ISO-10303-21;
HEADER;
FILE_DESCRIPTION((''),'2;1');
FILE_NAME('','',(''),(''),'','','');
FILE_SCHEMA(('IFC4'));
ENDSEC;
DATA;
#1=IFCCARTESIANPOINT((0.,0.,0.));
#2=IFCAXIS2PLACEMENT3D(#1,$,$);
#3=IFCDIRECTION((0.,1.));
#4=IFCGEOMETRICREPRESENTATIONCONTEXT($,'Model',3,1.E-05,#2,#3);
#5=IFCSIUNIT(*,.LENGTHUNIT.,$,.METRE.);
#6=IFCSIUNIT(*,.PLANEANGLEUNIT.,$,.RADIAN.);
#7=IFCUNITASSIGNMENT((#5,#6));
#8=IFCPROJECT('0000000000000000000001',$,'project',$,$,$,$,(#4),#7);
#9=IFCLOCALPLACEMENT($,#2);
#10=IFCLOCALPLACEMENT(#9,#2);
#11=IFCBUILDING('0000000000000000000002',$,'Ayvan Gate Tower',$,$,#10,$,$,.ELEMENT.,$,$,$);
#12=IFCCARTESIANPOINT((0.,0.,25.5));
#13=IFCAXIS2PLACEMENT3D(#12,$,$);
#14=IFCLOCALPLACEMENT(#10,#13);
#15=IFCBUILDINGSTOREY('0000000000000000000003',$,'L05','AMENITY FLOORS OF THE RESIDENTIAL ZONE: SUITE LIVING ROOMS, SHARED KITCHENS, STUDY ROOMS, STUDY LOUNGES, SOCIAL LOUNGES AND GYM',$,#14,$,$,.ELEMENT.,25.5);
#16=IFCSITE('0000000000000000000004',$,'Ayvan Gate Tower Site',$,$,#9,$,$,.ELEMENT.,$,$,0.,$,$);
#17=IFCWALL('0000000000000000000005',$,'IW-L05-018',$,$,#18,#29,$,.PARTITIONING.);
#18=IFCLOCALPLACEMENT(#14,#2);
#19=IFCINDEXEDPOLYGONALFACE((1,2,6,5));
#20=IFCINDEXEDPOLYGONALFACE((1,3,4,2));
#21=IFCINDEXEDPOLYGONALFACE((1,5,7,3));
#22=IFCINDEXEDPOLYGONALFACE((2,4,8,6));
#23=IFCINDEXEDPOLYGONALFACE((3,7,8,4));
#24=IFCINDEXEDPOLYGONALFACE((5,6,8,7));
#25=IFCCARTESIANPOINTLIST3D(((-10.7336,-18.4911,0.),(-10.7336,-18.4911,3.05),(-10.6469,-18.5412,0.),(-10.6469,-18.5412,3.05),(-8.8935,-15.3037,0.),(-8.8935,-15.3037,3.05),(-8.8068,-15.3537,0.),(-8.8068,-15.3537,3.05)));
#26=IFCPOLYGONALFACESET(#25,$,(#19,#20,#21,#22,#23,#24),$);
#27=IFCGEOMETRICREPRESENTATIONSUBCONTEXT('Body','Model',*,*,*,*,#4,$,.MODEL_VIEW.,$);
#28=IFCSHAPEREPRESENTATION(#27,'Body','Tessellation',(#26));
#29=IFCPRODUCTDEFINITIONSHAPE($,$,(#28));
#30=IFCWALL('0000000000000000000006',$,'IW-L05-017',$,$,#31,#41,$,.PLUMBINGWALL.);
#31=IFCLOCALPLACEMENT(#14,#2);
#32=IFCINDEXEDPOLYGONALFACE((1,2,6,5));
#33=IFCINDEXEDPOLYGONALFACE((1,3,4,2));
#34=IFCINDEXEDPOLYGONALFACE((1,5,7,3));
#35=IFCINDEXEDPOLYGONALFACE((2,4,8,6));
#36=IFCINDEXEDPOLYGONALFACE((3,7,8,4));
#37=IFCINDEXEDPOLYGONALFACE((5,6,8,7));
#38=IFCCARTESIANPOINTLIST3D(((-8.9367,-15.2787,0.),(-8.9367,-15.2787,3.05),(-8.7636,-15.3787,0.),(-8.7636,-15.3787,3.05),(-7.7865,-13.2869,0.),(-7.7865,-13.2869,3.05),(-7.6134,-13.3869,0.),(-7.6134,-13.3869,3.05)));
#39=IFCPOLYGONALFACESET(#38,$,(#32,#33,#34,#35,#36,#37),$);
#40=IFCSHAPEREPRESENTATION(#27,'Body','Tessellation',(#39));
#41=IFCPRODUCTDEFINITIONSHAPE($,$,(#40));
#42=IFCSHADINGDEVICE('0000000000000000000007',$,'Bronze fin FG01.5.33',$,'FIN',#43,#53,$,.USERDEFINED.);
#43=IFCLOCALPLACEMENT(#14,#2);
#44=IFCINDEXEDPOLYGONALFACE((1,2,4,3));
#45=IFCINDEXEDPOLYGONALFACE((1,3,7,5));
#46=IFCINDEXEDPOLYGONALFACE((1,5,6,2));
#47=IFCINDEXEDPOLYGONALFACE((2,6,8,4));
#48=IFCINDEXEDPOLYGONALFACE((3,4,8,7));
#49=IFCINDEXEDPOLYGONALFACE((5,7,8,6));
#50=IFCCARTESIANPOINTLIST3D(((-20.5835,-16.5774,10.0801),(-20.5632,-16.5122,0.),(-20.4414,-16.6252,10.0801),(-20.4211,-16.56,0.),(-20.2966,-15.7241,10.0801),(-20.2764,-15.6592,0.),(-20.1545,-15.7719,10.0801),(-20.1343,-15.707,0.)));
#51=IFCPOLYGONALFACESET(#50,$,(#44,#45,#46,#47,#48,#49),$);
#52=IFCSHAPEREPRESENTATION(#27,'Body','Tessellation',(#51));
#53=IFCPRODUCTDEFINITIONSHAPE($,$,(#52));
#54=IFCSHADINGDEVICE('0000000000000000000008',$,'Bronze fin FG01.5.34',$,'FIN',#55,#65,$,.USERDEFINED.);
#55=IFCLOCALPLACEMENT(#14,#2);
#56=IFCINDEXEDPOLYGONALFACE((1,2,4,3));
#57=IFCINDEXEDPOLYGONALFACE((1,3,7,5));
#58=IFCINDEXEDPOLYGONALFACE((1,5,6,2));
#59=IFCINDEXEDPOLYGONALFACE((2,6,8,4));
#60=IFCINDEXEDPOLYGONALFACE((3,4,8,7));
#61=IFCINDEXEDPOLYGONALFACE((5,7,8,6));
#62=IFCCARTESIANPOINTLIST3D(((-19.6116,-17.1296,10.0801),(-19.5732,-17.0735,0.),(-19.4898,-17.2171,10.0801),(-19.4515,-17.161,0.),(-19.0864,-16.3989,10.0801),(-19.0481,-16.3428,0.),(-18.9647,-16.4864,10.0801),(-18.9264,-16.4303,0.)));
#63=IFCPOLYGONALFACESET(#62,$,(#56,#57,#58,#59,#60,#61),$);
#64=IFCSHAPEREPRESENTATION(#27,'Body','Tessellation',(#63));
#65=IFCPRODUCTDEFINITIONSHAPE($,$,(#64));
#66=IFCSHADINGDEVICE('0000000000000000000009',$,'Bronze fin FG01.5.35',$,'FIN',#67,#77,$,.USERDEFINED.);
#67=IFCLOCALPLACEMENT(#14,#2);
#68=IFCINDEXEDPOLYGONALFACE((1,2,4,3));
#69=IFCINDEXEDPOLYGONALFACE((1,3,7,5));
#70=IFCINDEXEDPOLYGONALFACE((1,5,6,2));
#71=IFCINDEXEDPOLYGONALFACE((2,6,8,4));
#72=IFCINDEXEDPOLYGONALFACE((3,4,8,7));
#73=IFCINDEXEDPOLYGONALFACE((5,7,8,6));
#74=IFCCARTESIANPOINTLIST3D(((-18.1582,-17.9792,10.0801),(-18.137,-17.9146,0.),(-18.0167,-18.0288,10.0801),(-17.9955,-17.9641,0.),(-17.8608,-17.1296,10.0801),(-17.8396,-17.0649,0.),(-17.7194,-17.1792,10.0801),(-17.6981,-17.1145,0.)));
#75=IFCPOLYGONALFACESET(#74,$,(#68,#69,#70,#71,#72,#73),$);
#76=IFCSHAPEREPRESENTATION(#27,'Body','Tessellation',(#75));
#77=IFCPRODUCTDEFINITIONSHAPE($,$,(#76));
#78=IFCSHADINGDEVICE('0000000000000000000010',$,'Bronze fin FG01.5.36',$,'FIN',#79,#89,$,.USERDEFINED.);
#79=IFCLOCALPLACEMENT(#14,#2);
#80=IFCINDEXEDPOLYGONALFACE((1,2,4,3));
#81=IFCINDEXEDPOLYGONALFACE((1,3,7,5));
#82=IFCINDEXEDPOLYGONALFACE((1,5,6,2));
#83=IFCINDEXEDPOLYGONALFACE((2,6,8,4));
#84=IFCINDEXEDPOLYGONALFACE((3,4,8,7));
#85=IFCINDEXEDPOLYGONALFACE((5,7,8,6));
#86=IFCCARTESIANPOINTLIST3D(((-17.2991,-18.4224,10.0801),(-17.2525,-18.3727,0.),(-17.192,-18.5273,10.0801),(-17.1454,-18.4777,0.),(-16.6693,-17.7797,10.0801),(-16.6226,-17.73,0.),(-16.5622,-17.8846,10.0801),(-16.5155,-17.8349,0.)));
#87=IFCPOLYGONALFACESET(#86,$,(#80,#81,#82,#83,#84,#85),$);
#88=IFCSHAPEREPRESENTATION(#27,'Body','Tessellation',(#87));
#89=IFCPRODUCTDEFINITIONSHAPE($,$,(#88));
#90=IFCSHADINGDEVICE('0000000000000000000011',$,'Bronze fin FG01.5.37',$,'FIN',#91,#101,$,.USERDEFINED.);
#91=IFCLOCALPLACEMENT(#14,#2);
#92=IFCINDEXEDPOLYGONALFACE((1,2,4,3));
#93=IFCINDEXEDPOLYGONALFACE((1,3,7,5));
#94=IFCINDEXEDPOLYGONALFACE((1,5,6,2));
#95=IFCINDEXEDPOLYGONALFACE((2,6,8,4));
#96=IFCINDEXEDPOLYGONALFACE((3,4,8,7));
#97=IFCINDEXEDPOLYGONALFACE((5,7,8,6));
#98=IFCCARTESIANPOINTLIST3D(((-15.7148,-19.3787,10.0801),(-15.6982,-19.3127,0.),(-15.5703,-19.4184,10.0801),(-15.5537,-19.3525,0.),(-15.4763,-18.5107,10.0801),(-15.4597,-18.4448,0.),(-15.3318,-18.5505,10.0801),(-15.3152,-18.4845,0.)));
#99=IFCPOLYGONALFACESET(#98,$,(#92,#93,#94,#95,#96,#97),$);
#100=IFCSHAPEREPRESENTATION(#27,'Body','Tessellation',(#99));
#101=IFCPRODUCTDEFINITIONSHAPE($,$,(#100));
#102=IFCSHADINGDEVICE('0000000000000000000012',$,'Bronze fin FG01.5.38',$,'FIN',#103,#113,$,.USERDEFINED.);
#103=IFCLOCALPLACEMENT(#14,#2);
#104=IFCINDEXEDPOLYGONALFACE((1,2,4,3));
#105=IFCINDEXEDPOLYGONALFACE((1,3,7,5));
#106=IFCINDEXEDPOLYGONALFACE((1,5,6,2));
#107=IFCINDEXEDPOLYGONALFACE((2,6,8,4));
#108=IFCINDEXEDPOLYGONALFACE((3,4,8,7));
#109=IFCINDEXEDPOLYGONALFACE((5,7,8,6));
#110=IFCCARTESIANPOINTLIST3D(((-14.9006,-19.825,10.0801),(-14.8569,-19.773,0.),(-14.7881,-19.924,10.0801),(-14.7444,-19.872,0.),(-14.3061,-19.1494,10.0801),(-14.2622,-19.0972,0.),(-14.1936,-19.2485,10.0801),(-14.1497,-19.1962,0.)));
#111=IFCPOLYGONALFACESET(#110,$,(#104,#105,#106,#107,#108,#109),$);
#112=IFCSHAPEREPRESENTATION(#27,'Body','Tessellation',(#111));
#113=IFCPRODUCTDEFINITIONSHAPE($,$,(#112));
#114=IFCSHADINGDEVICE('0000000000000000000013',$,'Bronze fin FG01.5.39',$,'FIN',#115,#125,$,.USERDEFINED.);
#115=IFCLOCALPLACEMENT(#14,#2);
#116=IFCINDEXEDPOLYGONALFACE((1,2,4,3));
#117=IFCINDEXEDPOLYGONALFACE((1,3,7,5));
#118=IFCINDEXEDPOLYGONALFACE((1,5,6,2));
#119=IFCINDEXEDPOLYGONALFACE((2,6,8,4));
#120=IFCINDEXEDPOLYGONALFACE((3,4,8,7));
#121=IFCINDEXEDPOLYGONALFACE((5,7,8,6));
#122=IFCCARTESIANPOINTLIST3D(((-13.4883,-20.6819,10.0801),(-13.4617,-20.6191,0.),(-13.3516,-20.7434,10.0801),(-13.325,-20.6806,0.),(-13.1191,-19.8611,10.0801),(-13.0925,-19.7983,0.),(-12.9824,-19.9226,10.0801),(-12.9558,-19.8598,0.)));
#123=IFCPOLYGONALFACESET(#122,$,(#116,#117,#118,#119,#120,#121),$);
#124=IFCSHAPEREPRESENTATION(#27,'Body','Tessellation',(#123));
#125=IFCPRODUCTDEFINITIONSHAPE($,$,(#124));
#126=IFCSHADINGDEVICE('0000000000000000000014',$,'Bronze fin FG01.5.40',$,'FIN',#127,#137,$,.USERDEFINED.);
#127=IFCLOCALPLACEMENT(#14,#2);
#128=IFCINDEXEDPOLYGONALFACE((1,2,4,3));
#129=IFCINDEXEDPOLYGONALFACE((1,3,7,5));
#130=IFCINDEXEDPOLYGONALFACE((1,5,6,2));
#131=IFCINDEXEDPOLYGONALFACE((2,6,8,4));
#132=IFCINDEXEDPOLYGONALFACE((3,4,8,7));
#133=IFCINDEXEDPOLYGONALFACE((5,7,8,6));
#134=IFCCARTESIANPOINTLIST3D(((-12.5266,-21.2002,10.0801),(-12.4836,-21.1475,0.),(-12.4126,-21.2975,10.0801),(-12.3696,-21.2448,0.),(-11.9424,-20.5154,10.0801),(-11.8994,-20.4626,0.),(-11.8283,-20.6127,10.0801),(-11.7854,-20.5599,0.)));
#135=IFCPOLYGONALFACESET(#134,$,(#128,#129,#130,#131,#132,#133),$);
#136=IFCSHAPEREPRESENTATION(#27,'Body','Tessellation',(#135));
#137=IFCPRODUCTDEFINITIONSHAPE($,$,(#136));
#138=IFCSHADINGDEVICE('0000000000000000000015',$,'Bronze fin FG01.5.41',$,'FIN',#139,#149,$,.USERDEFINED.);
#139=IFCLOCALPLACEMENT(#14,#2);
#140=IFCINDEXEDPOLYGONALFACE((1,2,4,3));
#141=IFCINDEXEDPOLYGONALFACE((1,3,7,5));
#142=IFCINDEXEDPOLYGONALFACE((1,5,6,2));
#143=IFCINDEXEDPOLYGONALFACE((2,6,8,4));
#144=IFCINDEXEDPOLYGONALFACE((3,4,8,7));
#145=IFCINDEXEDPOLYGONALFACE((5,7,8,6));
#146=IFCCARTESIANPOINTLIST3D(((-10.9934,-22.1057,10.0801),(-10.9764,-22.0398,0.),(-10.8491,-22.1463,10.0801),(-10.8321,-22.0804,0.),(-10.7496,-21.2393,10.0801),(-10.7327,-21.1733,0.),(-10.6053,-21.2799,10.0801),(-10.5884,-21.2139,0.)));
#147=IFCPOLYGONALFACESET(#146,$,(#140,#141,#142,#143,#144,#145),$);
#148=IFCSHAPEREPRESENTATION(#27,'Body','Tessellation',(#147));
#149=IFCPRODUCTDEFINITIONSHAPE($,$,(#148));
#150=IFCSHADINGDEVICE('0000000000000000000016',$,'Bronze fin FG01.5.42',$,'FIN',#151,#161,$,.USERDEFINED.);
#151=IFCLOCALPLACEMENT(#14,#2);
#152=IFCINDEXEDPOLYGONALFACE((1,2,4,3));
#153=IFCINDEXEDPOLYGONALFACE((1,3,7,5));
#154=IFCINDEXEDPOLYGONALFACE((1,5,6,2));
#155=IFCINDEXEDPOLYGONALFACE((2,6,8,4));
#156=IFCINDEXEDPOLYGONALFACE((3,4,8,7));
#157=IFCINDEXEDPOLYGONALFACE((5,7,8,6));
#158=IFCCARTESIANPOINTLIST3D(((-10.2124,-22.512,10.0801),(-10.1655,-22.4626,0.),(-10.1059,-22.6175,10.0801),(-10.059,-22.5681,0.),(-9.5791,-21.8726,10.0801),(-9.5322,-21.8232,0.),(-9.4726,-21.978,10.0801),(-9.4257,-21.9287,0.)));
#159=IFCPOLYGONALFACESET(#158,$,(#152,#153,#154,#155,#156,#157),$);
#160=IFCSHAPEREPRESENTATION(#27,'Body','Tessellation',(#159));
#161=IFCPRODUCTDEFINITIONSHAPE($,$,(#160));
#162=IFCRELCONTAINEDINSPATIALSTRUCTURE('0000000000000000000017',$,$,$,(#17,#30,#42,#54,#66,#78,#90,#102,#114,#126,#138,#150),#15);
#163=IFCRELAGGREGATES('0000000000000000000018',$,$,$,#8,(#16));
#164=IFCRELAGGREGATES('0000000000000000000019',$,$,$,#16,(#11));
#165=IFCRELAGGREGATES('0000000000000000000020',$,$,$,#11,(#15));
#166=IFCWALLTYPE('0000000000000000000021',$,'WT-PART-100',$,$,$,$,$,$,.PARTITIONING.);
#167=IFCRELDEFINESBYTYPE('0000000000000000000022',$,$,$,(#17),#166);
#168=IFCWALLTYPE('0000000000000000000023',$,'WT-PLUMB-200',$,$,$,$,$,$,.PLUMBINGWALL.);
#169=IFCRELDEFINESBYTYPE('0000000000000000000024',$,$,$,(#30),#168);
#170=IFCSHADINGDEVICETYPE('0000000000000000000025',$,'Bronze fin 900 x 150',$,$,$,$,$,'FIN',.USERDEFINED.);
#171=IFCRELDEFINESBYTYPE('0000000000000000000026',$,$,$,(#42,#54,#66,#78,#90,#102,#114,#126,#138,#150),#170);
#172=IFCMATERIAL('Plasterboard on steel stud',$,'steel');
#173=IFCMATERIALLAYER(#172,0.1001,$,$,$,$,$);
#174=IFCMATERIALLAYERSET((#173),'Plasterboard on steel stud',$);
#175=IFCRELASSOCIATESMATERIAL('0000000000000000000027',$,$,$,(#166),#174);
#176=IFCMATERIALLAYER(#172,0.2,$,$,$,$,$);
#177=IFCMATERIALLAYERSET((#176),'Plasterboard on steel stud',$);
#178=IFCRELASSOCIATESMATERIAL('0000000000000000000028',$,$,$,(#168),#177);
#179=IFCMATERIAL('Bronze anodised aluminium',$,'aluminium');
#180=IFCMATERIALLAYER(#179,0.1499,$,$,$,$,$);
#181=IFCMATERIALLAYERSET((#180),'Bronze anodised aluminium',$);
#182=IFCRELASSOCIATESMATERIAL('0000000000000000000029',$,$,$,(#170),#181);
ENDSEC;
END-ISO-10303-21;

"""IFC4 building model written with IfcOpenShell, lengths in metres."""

from ifc_helpers import new_model, si_unit, direction, frame, frame_2d, origin, place, context, subcontext, project, spatial, polyline, rectangle, outline, extrude, material, layer, layer_set, type_object, element, save


model = new_model("IFC4")

# Units and contexts
model_context = context("Model", 3, precision=1e-05, world=origin(), true_north=direction((0.0, 1.0)))
body_context = subcontext(model_context, "Body", "Model", "MODEL_VIEW")
ifc_project = project(units=[si_unit("LENGTHUNIT", "METRE"), si_unit("PLANEANGLEUNIT", "RADIAN")], contexts=[model_context])

# Site, building, storey
site_placement = place(None, origin())
site = spatial("IfcSite", under=ifc_project, at=site_placement, Name="Ayvan Gate Tower Site", CompositionType="ELEMENT", RefElevation=0.0)
building_placement = place(site_placement, origin())
building = spatial("IfcBuilding", under=site, at=building_placement, Name="Ayvan Gate Tower", CompositionType="ELEMENT")
storey_placement = place(building_placement, frame((0.0, 0.0, 25.5)))
storey = spatial("IfcBuildingStorey", under=building, at=storey_placement, Name="L05", Description="AMENITY FLOORS OF THE RESIDENTIAL ZONE: SUITE LIVING ROOMS, SHARED KITCHENS, STUDY ROOMS, STUDY LOUNGES, SOCIAL LOUNGES AND GYM", CompositionType="ELEMENT", Elevation=25.5)

# Shared definitions
ifc_material_1 = material(Name="Bronze anodised aluminium", Category="aluminium")

# Walls
ifc_material_2 = material(Name="Plasterboard on steel stud", Category="steel")
ifc_layer_1 = layer(ifc_material_2, 0.1001)
ifc_layer_set_1 = layer_set([ifc_layer_1], Name="Plasterboard on steel stud")
wall_type_1 = type_object("IfcWallType", Name="WT-PART-100", PredefinedType="PARTITIONING", material=ifc_layer_set_1)
wall_1_placement = place(storey_placement, frame((-8.8501, -15.3286, 0.0), z_axis=(0.0, 0.0, 1.0), x_axis=(-0.499956, -0.866051, 0.0)))
element("IfcWall", 1, at=wall_1_placement, inside=storey, type_object=wall_type_1, Name="IW-L05-018", PredefinedType="PARTITIONING", context=body_context, shape_type="SweptSolid", body=[
    extrude(rectangle(XDim=3.6804, YDim=0.1001, at=frame_2d((1.8403, 0.0))), origin(), (0.0, 0.0, 1.0), 3.05),
])
ifc_layer_2 = layer(ifc_material_2, 0.2)
ifc_layer_set_2 = layer_set([ifc_layer_2], Name="Plasterboard on steel stud")
wall_type_2 = type_object("IfcWallType", Name="WT-PLUMB-200", PredefinedType="PLUMBINGWALL", material=ifc_layer_set_2)
wall_2_placement = place(storey_placement, frame((-8.8501, -15.3286, 0.0), z_axis=(0.0, 0.0, 1.0), x_axis=(0.500078, 0.865981, 0.0)))
element("IfcWall", 2, at=wall_2_placement, inside=storey, type_object=wall_type_2, Name="IW-L05-017", PredefinedType="PLUMBINGWALL", context=body_context, shape_type="SweptSolid", body=[
    extrude(rectangle(XDim=2.3, YDim=0.2, at=frame_2d((1.1499, 0.0))), origin(), (0.0, 0.0, 1.0), 3.05),
])

# Shading devices
ifc_layer_3 = layer(ifc_material_1, 0.1499)
ifc_layer_set_3 = layer_set([ifc_layer_3], Name="Bronze anodised aluminium")
shading_device_type = type_object("IfcShadingDeviceType", Name="Bronze fin 900 x 150", ElementType="FIN", PredefinedType="USERDEFINED", material=ifc_layer_set_3)
shading_device_1_placement = place(storey_placement, frame((-20.2764, -15.6592, 0.0), z_axis=(-0.947853, 0.318709, 0.000152), x_axis=(-0.318709, -0.947853, 0.0)))
element("IfcShadingDevice", 3, at=shading_device_1_placement, inside=storey, type_object=shading_device_type, Name="Bronze fin FG01.5.33", ObjectType="FIN", PredefinedType="USERDEFINED", context=body_context, shape_type="SweptSolid", body=[
    extrude(outline(polyline([(0.0, 0.0), (0.9, 0.0), (0.9682, 10.0801), (0.068, 10.0801), (0.0, 0.0)])), origin(), (0.0, 0.0, -1.0), 0.1499),
])
shading_device_2_placement = place(storey_placement, frame((-19.0481, -16.3428, 0.0), z_axis=(-0.812043, 0.583597, 0.000163), x_axis=(-0.583597, -0.812043, 0.0)))
element("IfcShadingDevice", 4, at=shading_device_2_placement, inside=storey, type_object=shading_device_type, Name="Bronze fin FG01.5.34", ObjectType="FIN", PredefinedType="USERDEFINED", context=body_context, shape_type="SweptSolid", body=[
    extrude(outline(polyline([(0.0, 0.0), (0.8998, 0.0), (0.9678, 10.0801), (0.068, 10.0801), (0.0, 0.0)])), origin(), (0.0, 0.0, -1.0), 0.1499),
])
shading_device_3_placement = place(storey_placement, frame((-17.8396, -17.0649, 0.0), z_axis=(-0.943858, 0.33035, 0.000131), x_axis=(-0.33035, -0.943858, 0.0)))
element("IfcShadingDevice", 5, at=shading_device_3_placement, inside=storey, type_object=shading_device_type, Name="Bronze fin FG01.5.35", ObjectType="FIN", PredefinedType="USERDEFINED", context=body_context, shape_type="SweptSolid", body=[
    extrude(outline(polyline([(0.0, 0.0), (0.9001, 0.0), (0.9682, 10.0801), (0.0681, 10.0801), (0.0, 0.0)])), origin(), (0.0, 0.0, -1.0), 0.1499),
])
shading_device_4_placement = place(storey_placement, frame((-16.6226, -17.73, 0.0), z_axis=(-0.714192, 0.699949, 0.000146), x_axis=(-0.699949, -0.714192, 0.0)))
element("IfcShadingDevice", 6, at=shading_device_4_placement, inside=storey, type_object=shading_device_type, Name="Bronze fin FG01.5.36", ObjectType="FIN", PredefinedType="USERDEFINED", context=body_context, shape_type="SweptSolid", body=[
    extrude(outline(polyline([(0.0, 0.0), (0.9, 0.0), (0.968, 10.0801), (0.0682, 10.0801), (0.0, 0.0)])), origin(), (0.0, 0.0, -1.0), 0.1499),
])
shading_device_5_placement = place(storey_placement, frame((-15.4597, -18.4448, 0.0), z_axis=(-0.964249, 0.264999, 0.000145), x_axis=(-0.264999, -0.964249, 0.0)))
element("IfcShadingDevice", 7, at=shading_device_5_placement, inside=storey, type_object=shading_device_type, Name="Bronze fin FG01.5.37", ObjectType="FIN", PredefinedType="USERDEFINED", context=body_context, shape_type="SweptSolid", body=[
    extrude(outline(polyline([(0.0, 0.0), (0.9001, 0.0), (0.9681, 10.0801), (0.068, 10.0801), (0.0, 0.0)])), origin(), (0.0, 0.0, -1.0), 0.1499),
])
shading_device_6_placement = place(storey_placement, frame((-14.2622, -19.0972, 0.0), z_axis=(-0.7507, 0.660643, 0.000153), x_axis=(-0.660643, -0.7507, 0.0)))
element("IfcShadingDevice", 8, at=shading_device_6_placement, inside=storey, type_object=shading_device_type, Name="Bronze fin FG01.5.38", ObjectType="FIN", PredefinedType="USERDEFINED", context=body_context, shape_type="SweptSolid", body=[
    extrude(outline(polyline([(0.0, 0.0), (0.9002, 0.0), (0.9681, 10.0801), (0.0683, 10.0801), (0.0, 0.0)])), origin(), (0.0, 0.0, -1.0), 0.1499),
])
shading_device_7_placement = place(storey_placement, frame((-13.0925, -19.7983, 0.0), z_axis=(-0.912013, 0.410162, 0.000145), x_axis=(-0.410162, -0.912013, 0.0)))
element("IfcShadingDevice", 9, at=shading_device_7_placement, inside=storey, type_object=shading_device_type, Name="Bronze fin FG01.5.39", ObjectType="FIN", PredefinedType="USERDEFINED", context=body_context, shape_type="SweptSolid", body=[
    extrude(outline(polyline([(0.0, 0.0), (0.9, 0.0), (0.9681, 10.0801), (0.0681, 10.0801), (0.0, 0.0)])), origin(), (0.0, 0.0, -1.0), 0.1499),
])
shading_device_8_placement = place(storey_placement, frame((-11.8994, -20.4626, 0.0), z_axis=(-0.760767, 0.649025, 0.000152), x_axis=(-0.649025, -0.760767, 0.0)))
element("IfcShadingDevice", 10, at=shading_device_8_placement, inside=storey, type_object=shading_device_type, Name="Bronze fin FG01.5.40", ObjectType="FIN", PredefinedType="USERDEFINED", context=body_context, shape_type="SweptSolid", body=[
    extrude(outline(polyline([(0.0, 0.0), (0.9002, 0.0), (0.9682, 10.0801), (0.068, 10.0801), (0.0, 0.0)])), origin(), (0.0, 0.0, -1.0), 0.1499),
])
shading_device_9_placement = place(storey_placement, frame((-10.7327, -21.1733, 0.0), z_axis=(-0.962627, 0.270832, 0.000151), x_axis=(-0.270832, -0.962627, 0.0)))
element("IfcShadingDevice", 11, at=shading_device_9_placement, inside=storey, type_object=shading_device_type, Name="Bronze fin FG01.5.41", ObjectType="FIN", PredefinedType="USERDEFINED", context=body_context, shape_type="SweptSolid", body=[
    extrude(outline(polyline([(0.0, 0.0), (0.9001, 0.0), (0.9681, 10.0801), (0.0681, 10.0801), (0.0, 0.0)])), origin(), (0.0, 0.0, -1.0), 0.1499),
])
shading_device_10_placement = place(storey_placement, frame((-9.5322, -21.8232, 0.0), z_axis=(-0.71049, 0.703708, 0.000139), x_axis=(-0.703708, -0.71049, 0.0)))
element("IfcShadingDevice", 12, at=shading_device_10_placement, inside=storey, type_object=shading_device_type, Name="Bronze fin FG01.5.42", ObjectType="FIN", PredefinedType="USERDEFINED", context=body_context, shape_type="SweptSolid", body=[
    extrude(outline(polyline([(0.0, 0.0), (0.8999, 0.0), (0.968, 10.0801), (0.068, 10.0801), (0.0, 0.0)])), origin(), (0.0, 0.0, -1.0), 0.1499),
])

save(model, "model.ifc")
